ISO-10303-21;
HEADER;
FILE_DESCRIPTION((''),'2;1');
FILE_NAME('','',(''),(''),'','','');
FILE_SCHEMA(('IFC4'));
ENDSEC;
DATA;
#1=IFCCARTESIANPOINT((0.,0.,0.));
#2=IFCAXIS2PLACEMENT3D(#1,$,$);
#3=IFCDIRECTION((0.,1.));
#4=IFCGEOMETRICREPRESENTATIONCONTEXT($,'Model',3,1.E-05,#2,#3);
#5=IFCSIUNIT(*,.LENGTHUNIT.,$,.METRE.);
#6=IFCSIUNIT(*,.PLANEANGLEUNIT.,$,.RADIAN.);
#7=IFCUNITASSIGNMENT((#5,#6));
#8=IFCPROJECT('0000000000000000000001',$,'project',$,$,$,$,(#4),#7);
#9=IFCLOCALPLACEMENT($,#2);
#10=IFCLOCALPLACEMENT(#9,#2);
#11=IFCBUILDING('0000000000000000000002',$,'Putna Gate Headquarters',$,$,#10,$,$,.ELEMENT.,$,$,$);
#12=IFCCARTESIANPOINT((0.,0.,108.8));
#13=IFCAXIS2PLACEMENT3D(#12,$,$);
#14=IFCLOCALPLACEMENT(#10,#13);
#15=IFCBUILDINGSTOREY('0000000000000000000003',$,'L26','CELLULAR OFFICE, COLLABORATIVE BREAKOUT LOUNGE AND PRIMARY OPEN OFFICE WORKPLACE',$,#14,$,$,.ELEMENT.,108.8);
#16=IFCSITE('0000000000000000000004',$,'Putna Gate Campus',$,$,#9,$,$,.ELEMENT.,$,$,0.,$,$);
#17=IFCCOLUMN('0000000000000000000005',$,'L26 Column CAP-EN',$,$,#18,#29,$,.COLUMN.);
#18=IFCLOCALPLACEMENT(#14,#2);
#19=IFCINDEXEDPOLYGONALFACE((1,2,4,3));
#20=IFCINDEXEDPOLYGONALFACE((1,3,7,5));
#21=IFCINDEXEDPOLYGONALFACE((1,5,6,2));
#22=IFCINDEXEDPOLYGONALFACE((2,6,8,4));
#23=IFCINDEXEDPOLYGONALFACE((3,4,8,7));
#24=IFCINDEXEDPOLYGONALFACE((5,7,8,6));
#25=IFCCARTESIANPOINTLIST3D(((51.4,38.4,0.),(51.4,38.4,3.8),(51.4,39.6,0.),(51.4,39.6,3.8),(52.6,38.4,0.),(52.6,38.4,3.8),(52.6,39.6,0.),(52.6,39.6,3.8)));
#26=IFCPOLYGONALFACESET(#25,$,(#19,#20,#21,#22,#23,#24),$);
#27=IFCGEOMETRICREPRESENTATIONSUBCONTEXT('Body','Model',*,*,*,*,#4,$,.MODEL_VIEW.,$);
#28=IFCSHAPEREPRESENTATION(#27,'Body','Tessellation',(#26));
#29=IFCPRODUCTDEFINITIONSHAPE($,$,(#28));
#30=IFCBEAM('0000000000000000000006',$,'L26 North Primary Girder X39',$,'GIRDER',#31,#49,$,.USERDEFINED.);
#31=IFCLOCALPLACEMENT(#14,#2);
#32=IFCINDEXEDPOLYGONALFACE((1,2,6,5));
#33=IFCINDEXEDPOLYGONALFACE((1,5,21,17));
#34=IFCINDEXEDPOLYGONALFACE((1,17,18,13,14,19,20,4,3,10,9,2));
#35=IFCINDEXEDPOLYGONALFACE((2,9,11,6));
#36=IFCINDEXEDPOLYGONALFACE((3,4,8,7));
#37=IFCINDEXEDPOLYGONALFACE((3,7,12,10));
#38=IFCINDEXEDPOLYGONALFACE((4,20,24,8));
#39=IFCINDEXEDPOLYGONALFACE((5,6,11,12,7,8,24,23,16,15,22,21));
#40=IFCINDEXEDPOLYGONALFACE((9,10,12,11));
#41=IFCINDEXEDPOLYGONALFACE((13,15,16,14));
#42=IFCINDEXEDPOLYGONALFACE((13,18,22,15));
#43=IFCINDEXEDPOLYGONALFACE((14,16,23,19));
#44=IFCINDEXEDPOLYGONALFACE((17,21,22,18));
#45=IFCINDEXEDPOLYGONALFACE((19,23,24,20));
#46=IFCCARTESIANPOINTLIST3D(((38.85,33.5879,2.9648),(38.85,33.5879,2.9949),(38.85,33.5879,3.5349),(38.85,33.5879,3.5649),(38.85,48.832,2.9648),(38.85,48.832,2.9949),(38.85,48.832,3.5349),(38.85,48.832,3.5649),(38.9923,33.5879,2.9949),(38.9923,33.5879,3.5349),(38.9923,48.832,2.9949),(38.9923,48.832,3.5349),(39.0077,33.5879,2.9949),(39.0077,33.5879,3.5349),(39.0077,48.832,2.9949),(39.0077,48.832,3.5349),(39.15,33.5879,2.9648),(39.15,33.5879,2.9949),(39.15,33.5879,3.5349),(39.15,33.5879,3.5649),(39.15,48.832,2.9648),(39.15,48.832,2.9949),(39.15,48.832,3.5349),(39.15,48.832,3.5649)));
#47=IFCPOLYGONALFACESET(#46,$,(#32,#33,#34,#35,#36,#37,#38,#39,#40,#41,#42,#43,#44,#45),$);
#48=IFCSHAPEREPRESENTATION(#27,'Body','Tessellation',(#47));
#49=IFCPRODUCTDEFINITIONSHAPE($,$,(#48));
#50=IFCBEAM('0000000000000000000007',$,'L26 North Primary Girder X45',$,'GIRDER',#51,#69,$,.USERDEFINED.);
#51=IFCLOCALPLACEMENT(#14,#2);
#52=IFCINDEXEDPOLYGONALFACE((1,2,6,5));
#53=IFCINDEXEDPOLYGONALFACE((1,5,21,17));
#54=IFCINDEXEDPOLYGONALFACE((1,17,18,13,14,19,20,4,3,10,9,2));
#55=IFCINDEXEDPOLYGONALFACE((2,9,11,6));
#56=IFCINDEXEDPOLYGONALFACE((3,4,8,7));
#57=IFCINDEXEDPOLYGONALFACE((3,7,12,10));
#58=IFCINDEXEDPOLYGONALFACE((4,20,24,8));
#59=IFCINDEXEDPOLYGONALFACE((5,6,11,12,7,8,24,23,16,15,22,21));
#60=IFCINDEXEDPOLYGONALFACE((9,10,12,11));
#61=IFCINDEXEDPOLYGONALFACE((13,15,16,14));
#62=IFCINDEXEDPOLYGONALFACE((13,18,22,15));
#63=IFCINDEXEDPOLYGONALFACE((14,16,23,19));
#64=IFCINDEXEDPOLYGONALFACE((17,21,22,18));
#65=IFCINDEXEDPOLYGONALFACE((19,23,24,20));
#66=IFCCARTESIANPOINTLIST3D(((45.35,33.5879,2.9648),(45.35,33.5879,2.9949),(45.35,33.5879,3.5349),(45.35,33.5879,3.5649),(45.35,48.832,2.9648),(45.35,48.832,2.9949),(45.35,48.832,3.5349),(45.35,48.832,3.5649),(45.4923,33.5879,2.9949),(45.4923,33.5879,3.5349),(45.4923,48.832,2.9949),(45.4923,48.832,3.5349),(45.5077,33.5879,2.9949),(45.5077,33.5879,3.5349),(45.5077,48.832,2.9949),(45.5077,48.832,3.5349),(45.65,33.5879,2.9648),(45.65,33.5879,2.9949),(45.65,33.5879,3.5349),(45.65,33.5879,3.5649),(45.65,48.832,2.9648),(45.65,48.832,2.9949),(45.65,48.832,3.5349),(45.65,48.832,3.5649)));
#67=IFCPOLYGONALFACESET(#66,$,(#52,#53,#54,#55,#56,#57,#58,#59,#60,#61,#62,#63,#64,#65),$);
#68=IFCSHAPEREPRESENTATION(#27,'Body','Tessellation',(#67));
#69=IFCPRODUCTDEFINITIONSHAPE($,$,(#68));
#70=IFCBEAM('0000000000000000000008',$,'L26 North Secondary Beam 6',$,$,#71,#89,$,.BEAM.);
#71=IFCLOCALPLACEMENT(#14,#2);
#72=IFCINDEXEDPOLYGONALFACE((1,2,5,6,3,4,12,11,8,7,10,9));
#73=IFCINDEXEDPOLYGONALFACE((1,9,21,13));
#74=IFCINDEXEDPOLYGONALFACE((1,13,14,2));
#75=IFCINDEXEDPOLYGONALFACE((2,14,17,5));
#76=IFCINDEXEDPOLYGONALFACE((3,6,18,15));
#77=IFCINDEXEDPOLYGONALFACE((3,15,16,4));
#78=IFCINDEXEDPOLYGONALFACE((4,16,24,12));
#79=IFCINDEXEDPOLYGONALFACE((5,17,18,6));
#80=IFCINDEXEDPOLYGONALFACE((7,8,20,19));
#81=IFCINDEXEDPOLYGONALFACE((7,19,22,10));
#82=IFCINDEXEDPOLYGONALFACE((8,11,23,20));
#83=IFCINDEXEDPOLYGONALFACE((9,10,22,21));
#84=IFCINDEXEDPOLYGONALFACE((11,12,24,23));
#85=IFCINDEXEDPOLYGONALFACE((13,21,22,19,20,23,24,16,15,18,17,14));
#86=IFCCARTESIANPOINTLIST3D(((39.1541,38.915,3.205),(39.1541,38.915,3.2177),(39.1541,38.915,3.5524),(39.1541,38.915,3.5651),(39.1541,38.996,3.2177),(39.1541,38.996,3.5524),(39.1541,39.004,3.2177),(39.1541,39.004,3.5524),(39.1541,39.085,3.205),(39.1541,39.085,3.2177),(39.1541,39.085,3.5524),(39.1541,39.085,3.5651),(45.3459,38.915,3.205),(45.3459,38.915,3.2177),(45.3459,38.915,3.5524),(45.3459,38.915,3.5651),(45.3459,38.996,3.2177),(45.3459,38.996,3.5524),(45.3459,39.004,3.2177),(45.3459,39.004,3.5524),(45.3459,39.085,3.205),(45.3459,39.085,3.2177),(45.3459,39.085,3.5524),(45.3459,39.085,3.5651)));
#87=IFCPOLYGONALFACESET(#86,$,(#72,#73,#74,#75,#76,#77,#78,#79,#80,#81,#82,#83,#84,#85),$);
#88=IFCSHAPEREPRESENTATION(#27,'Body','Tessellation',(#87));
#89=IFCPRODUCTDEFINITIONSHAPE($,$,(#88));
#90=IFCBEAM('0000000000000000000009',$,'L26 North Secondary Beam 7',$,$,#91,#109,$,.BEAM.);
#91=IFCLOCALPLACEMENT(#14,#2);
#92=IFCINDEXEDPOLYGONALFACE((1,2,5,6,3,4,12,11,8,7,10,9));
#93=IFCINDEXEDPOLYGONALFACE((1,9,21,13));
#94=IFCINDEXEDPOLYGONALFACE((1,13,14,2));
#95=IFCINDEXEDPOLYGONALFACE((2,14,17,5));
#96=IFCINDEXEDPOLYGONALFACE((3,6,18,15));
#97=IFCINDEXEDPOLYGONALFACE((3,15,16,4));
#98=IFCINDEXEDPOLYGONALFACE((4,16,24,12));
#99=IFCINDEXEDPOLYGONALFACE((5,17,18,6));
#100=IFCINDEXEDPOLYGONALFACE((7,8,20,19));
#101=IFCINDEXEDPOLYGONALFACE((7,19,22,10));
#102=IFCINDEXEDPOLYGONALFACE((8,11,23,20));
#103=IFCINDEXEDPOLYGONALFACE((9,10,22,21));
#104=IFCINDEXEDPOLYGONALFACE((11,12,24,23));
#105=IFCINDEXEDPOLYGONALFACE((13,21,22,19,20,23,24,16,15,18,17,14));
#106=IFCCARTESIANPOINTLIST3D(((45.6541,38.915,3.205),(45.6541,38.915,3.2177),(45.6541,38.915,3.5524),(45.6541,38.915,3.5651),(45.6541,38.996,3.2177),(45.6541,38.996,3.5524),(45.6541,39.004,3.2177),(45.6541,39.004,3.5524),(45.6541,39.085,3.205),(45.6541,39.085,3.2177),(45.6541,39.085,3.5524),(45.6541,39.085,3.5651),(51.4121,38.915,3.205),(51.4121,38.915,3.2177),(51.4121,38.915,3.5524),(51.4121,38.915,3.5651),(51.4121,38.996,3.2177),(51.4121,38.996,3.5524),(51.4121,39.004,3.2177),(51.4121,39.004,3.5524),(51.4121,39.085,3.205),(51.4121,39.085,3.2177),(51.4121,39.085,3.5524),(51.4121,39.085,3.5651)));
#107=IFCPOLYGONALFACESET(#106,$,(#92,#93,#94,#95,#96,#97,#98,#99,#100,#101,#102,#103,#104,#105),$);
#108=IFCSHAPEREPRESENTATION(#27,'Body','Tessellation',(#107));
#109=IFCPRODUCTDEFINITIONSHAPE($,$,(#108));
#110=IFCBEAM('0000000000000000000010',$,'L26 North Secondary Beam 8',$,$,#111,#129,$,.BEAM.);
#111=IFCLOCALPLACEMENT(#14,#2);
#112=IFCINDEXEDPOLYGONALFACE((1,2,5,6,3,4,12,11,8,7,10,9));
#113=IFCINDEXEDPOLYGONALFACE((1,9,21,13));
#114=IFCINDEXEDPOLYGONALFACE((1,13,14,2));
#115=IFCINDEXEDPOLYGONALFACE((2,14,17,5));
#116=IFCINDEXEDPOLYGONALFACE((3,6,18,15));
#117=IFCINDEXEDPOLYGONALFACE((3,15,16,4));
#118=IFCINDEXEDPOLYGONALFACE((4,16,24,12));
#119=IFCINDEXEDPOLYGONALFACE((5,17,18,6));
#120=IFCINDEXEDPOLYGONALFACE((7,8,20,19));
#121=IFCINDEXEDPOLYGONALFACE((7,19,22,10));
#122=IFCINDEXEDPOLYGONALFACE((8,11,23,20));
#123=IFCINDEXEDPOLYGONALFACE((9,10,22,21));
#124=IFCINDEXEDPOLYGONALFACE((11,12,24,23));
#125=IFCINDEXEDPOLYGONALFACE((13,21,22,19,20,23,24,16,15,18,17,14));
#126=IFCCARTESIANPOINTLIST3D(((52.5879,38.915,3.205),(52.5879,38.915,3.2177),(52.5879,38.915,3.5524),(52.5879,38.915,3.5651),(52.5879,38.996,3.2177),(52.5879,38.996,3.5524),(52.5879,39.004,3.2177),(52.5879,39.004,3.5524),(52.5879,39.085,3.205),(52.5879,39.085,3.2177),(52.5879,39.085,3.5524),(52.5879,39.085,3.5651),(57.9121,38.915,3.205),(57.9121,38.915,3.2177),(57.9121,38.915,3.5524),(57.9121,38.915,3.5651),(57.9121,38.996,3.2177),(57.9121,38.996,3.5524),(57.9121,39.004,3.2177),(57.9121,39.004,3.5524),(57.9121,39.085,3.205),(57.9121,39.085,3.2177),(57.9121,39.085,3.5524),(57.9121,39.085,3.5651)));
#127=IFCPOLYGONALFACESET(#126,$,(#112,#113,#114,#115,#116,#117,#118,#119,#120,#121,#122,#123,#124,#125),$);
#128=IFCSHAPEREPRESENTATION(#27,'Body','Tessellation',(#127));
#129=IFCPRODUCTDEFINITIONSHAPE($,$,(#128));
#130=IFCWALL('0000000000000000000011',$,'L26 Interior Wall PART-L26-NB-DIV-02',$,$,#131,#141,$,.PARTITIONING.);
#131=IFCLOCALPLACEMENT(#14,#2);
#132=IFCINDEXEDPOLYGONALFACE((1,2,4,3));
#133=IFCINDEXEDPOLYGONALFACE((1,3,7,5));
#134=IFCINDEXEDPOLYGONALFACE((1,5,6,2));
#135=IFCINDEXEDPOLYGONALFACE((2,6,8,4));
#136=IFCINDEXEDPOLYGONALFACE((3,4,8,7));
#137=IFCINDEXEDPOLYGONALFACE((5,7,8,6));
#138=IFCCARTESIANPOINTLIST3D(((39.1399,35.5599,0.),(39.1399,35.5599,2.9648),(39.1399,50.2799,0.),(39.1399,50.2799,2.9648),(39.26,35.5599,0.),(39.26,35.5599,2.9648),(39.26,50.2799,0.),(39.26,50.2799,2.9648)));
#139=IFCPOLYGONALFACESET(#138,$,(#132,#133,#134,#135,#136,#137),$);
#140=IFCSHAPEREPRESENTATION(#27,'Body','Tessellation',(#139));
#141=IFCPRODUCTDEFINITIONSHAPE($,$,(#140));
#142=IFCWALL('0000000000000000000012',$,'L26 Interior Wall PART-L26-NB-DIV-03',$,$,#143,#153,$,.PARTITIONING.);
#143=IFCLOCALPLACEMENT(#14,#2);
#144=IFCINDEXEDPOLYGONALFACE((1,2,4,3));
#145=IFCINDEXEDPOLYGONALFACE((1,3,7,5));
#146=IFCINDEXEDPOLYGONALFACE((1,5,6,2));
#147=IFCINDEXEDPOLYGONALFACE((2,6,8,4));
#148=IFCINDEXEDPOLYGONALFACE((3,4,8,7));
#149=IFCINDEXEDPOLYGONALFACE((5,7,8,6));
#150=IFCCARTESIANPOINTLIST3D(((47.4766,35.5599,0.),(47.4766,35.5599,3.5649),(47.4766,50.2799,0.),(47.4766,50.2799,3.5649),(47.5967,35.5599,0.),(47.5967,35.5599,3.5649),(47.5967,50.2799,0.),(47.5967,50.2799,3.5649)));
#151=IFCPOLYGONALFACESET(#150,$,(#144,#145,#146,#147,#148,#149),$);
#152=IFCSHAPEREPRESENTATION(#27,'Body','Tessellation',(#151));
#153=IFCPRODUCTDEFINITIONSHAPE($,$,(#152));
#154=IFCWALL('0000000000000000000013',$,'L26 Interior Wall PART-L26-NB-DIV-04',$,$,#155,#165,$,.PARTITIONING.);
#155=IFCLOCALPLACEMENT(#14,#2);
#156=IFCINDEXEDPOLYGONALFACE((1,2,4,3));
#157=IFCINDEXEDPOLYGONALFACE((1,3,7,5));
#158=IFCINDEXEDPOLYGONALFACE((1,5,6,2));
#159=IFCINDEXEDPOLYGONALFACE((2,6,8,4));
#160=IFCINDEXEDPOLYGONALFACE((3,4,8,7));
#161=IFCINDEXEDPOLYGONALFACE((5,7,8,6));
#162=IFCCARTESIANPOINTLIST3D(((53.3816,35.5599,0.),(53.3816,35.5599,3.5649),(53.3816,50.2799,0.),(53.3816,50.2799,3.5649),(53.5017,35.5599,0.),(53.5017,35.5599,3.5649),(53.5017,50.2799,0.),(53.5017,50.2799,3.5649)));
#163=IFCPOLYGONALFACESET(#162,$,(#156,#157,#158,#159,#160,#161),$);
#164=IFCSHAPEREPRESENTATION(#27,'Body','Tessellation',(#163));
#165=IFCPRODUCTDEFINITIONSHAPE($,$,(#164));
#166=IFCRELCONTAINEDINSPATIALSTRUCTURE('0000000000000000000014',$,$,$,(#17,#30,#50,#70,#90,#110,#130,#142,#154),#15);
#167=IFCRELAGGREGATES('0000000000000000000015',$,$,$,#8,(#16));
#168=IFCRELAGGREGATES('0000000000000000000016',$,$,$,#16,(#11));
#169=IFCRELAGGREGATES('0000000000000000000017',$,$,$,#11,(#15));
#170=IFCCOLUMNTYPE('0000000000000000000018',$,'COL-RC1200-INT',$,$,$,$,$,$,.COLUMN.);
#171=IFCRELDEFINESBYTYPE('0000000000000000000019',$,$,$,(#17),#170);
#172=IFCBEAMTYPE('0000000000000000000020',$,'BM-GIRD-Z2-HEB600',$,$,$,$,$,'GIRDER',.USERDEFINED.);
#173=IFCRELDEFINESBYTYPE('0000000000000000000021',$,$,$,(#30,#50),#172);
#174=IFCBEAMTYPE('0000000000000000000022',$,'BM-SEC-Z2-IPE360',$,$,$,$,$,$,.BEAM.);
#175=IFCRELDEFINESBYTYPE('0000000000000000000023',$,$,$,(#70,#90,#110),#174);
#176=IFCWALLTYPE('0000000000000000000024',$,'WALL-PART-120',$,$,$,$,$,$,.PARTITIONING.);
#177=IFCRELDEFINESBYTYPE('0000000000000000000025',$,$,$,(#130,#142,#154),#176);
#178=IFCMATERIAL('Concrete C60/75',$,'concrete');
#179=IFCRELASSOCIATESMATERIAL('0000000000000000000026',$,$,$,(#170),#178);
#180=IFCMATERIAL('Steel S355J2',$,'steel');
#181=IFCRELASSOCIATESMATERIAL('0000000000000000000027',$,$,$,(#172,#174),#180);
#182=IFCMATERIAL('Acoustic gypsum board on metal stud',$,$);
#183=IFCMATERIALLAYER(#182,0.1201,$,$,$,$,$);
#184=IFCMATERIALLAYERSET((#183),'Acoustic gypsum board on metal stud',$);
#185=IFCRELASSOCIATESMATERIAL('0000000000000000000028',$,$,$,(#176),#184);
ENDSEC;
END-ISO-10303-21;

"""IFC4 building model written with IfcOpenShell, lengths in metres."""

from ifc_helpers import new_model, si_unit, direction, frame, frame_2d, origin, origin_2d, place, context, subcontext, project, spatial, rectangle, i_section, extrude, material, layer, layer_set, material_profile, profile_set, type_object, element, save


model = new_model("IFC4")

# Units and contexts
model_context = context("Model", 3, precision=1e-05, world=origin(), true_north=direction((0.0, 1.0)))
body_context = subcontext(model_context, "Body", "Model", "MODEL_VIEW")
ifc_project = project(units=[si_unit("LENGTHUNIT", "METRE"), si_unit("PLANEANGLEUNIT", "RADIAN")], contexts=[model_context])

# Site, building, storey
site_placement = place(None, origin())
site = spatial("IfcSite", under=ifc_project, at=site_placement, Name="Putna Gate Campus", CompositionType="ELEMENT", RefElevation=0.0)
building_placement = place(site_placement, origin())
building = spatial("IfcBuilding", under=site, at=building_placement, Name="Putna Gate Headquarters", CompositionType="ELEMENT")
storey_placement = place(building_placement, frame((0.0, 0.0, 108.8)))
storey = spatial("IfcBuildingStorey", under=building, at=storey_placement, Name="L26", Description="CELLULAR OFFICE, COLLABORATIVE BREAKOUT LOUNGE AND PRIMARY OPEN OFFICE WORKPLACE", CompositionType="ELEMENT", Elevation=108.8)

# Column
ifc_material_1 = material(Name="Concrete C60/75", Category="concrete")
ifc_material_profile_1 = material_profile(ifc_material_1, rectangle(XDim=1.2, YDim=1.2, at=origin_2d()), Name="Concrete C60/75")
ifc_profile_set_1 = profile_set([ifc_material_profile_1], Name="Concrete C60/75")
column_type = type_object("IfcColumnType", Name="COL-RC1200-INT", PredefinedType="COLUMN", material=ifc_profile_set_1)
column_placement = place(storey_placement, frame((52.0, 39.0, 0.0), z_axis=(0.0, 0.0, 1.0), x_axis=(1.0, 0.0, 0.0)))
element("IfcColumn", 1, at=column_placement, inside=storey, type_object=column_type, Name="L26 Column CAP-EN", PredefinedType="COLUMN", context=body_context, shape_type="SweptSolid", body=[
    extrude(rectangle(XDim=1.2, YDim=1.2, at=origin_2d()), origin(), (0.0, 0.0, 1.0), 3.8),
])

# Beams
ifc_material_2 = material(Name="Steel S355J2", Category="steel")
ifc_material_profile_2 = material_profile(ifc_material_2, i_section(OverallWidth=0.3, OverallDepth=0.6001, WebThickness=0.0154, FlangeThickness=0.03, at=origin_2d()), Name="Steel S355J2")
ifc_profile_set_2 = profile_set([ifc_material_profile_2], Name="Steel S355J2")
beam_type_1 = type_object("IfcBeamType", Name="BM-GIRD-Z2-HEB600", ElementType="GIRDER", PredefinedType="USERDEFINED", material=ifc_profile_set_2)
for number, where, z_axis, x_axis, name in (
    (2, (39.0, 33.5879, 3.2649), (0.0, 1.0, 0.0), (-1.0, 0.0, 0.0), "L26 North Primary Girder X39"),
    (3, (45.5, 33.5879, 3.2649), (0.0, 1.0, 0.0), (-1.0, 0.0, 0.0), "L26 North Primary Girder X45"),
):
    element("IfcBeam", number, at=place(storey_placement, frame(where, z_axis=z_axis, x_axis=x_axis)), inside=storey, type_object=beam_type_1, Name=name, ObjectType="GIRDER", PredefinedType="USERDEFINED", context=body_context, shape_type="SweptSolid", body=[
        extrude(i_section(OverallWidth=0.3, OverallDepth=0.6001, WebThickness=0.0154, FlangeThickness=0.03, at=origin_2d()), origin(), (0.0, 0.0, 1.0), 15.2441),
    ])
ifc_material_profile_3 = material_profile(ifc_material_2, i_section(OverallWidth=0.1699, OverallDepth=0.3601, WebThickness=0.0081, FlangeThickness=0.0127, at=origin_2d()), Name="Steel S355J2")
ifc_profile_set_3 = profile_set([ifc_material_profile_3], Name="Steel S355J2")
beam_type_2 = type_object("IfcBeamType", Name="BM-SEC-Z2-IPE360", PredefinedType="BEAM", material=ifc_profile_set_3)
beam_1_placement = place(storey_placement, frame((39.1541, 39.0, 3.385), z_axis=(1.0, 0.0, 0.0), x_axis=(0.0, 1.0, 0.0)))
element("IfcBeam", 4, at=beam_1_placement, inside=storey, type_object=beam_type_2, Name="L26 North Secondary Beam 6", PredefinedType="BEAM", context=body_context, shape_type="SweptSolid", body=[
    extrude(i_section(OverallWidth=0.1699, OverallDepth=0.3601, WebThickness=0.0081, FlangeThickness=0.0127, at=origin_2d()), origin(), (0.0, 0.0, 1.0), 6.1919),
])
beam_2_placement = place(storey_placement, frame((45.6541, 39.0, 3.385), z_axis=(1.0, 0.0, 0.0), x_axis=(0.0, 1.0, 0.0)))
element("IfcBeam", 5, at=beam_2_placement, inside=storey, type_object=beam_type_2, Name="L26 North Secondary Beam 7", PredefinedType="BEAM", context=body_context, shape_type="SweptSolid", body=[
    extrude(i_section(OverallWidth=0.1699, OverallDepth=0.3601, WebThickness=0.0081, FlangeThickness=0.0127, at=origin_2d()), origin(), (0.0, 0.0, 1.0), 5.7581),
])
beam_3_placement = place(storey_placement, frame((52.5879, 39.0, 3.385), z_axis=(1.0, 0.0, 0.0), x_axis=(0.0, 1.0, 0.0)))
element("IfcBeam", 6, at=beam_3_placement, inside=storey, type_object=beam_type_2, Name="L26 North Secondary Beam 8", PredefinedType="BEAM", context=body_context, shape_type="SweptSolid", body=[
    extrude(i_section(OverallWidth=0.1699, OverallDepth=0.3601, WebThickness=0.0081, FlangeThickness=0.0127, at=origin_2d()), origin(), (0.0, 0.0, 1.0), 5.3242),
])

# Walls
ifc_material_3 = material(Name="Acoustic gypsum board on metal stud")
ifc_layer_1 = layer(ifc_material_3, 0.1201)
ifc_layer_set_1 = layer_set([ifc_layer_1], Name="Acoustic gypsum board on metal stud")
wall_type_1 = type_object("IfcWallType", Name="WALL-PART-120", PredefinedType="PARTITIONING", material=ifc_layer_set_1)
wall_1_placement = place(storey_placement, frame((39.2, 35.5601, 0.0), z_axis=(0.0, 0.0, 1.0), x_axis=(0.0, 1.0, 0.0)))
element("IfcWall", 7, at=wall_1_placement, inside=storey, type_object=wall_type_1, Name="L26 Interior Wall PART-L26-NB-DIV-02", PredefinedType="PARTITIONING", context=body_context, shape_type="SweptSolid", body=[
    extrude(rectangle(XDim=14.72, YDim=0.1201, at=frame_2d((7.3599, 0.0))), origin(), (0.0, 0.0, 1.0), 2.9648),
])
for number, where, z_axis, x_axis, name in (
    (8, (47.5366, 35.5601, 0.0), (0.0, 0.0, 1.0), (0.0, 1.0, 0.0), "L26 Interior Wall PART-L26-NB-DIV-03"),
    (9, (53.4417, 35.5601, 0.0), (0.0, 0.0, 1.0), (0.0, 1.0, 0.0), "L26 Interior Wall PART-L26-NB-DIV-04"),
):
    element("IfcWall", number, at=place(storey_placement, frame(where, z_axis=z_axis, x_axis=x_axis)), inside=storey, type_object=wall_type_1, Name=name, PredefinedType="PARTITIONING", context=body_context, shape_type="SweptSolid", body=[
        extrude(rectangle(XDim=14.72, YDim=0.1201, at=frame_2d((7.3599, 0.0))), origin(), (0.0, 0.0, 1.0), 3.5649),
    ])

save(model, "model.ifc")
